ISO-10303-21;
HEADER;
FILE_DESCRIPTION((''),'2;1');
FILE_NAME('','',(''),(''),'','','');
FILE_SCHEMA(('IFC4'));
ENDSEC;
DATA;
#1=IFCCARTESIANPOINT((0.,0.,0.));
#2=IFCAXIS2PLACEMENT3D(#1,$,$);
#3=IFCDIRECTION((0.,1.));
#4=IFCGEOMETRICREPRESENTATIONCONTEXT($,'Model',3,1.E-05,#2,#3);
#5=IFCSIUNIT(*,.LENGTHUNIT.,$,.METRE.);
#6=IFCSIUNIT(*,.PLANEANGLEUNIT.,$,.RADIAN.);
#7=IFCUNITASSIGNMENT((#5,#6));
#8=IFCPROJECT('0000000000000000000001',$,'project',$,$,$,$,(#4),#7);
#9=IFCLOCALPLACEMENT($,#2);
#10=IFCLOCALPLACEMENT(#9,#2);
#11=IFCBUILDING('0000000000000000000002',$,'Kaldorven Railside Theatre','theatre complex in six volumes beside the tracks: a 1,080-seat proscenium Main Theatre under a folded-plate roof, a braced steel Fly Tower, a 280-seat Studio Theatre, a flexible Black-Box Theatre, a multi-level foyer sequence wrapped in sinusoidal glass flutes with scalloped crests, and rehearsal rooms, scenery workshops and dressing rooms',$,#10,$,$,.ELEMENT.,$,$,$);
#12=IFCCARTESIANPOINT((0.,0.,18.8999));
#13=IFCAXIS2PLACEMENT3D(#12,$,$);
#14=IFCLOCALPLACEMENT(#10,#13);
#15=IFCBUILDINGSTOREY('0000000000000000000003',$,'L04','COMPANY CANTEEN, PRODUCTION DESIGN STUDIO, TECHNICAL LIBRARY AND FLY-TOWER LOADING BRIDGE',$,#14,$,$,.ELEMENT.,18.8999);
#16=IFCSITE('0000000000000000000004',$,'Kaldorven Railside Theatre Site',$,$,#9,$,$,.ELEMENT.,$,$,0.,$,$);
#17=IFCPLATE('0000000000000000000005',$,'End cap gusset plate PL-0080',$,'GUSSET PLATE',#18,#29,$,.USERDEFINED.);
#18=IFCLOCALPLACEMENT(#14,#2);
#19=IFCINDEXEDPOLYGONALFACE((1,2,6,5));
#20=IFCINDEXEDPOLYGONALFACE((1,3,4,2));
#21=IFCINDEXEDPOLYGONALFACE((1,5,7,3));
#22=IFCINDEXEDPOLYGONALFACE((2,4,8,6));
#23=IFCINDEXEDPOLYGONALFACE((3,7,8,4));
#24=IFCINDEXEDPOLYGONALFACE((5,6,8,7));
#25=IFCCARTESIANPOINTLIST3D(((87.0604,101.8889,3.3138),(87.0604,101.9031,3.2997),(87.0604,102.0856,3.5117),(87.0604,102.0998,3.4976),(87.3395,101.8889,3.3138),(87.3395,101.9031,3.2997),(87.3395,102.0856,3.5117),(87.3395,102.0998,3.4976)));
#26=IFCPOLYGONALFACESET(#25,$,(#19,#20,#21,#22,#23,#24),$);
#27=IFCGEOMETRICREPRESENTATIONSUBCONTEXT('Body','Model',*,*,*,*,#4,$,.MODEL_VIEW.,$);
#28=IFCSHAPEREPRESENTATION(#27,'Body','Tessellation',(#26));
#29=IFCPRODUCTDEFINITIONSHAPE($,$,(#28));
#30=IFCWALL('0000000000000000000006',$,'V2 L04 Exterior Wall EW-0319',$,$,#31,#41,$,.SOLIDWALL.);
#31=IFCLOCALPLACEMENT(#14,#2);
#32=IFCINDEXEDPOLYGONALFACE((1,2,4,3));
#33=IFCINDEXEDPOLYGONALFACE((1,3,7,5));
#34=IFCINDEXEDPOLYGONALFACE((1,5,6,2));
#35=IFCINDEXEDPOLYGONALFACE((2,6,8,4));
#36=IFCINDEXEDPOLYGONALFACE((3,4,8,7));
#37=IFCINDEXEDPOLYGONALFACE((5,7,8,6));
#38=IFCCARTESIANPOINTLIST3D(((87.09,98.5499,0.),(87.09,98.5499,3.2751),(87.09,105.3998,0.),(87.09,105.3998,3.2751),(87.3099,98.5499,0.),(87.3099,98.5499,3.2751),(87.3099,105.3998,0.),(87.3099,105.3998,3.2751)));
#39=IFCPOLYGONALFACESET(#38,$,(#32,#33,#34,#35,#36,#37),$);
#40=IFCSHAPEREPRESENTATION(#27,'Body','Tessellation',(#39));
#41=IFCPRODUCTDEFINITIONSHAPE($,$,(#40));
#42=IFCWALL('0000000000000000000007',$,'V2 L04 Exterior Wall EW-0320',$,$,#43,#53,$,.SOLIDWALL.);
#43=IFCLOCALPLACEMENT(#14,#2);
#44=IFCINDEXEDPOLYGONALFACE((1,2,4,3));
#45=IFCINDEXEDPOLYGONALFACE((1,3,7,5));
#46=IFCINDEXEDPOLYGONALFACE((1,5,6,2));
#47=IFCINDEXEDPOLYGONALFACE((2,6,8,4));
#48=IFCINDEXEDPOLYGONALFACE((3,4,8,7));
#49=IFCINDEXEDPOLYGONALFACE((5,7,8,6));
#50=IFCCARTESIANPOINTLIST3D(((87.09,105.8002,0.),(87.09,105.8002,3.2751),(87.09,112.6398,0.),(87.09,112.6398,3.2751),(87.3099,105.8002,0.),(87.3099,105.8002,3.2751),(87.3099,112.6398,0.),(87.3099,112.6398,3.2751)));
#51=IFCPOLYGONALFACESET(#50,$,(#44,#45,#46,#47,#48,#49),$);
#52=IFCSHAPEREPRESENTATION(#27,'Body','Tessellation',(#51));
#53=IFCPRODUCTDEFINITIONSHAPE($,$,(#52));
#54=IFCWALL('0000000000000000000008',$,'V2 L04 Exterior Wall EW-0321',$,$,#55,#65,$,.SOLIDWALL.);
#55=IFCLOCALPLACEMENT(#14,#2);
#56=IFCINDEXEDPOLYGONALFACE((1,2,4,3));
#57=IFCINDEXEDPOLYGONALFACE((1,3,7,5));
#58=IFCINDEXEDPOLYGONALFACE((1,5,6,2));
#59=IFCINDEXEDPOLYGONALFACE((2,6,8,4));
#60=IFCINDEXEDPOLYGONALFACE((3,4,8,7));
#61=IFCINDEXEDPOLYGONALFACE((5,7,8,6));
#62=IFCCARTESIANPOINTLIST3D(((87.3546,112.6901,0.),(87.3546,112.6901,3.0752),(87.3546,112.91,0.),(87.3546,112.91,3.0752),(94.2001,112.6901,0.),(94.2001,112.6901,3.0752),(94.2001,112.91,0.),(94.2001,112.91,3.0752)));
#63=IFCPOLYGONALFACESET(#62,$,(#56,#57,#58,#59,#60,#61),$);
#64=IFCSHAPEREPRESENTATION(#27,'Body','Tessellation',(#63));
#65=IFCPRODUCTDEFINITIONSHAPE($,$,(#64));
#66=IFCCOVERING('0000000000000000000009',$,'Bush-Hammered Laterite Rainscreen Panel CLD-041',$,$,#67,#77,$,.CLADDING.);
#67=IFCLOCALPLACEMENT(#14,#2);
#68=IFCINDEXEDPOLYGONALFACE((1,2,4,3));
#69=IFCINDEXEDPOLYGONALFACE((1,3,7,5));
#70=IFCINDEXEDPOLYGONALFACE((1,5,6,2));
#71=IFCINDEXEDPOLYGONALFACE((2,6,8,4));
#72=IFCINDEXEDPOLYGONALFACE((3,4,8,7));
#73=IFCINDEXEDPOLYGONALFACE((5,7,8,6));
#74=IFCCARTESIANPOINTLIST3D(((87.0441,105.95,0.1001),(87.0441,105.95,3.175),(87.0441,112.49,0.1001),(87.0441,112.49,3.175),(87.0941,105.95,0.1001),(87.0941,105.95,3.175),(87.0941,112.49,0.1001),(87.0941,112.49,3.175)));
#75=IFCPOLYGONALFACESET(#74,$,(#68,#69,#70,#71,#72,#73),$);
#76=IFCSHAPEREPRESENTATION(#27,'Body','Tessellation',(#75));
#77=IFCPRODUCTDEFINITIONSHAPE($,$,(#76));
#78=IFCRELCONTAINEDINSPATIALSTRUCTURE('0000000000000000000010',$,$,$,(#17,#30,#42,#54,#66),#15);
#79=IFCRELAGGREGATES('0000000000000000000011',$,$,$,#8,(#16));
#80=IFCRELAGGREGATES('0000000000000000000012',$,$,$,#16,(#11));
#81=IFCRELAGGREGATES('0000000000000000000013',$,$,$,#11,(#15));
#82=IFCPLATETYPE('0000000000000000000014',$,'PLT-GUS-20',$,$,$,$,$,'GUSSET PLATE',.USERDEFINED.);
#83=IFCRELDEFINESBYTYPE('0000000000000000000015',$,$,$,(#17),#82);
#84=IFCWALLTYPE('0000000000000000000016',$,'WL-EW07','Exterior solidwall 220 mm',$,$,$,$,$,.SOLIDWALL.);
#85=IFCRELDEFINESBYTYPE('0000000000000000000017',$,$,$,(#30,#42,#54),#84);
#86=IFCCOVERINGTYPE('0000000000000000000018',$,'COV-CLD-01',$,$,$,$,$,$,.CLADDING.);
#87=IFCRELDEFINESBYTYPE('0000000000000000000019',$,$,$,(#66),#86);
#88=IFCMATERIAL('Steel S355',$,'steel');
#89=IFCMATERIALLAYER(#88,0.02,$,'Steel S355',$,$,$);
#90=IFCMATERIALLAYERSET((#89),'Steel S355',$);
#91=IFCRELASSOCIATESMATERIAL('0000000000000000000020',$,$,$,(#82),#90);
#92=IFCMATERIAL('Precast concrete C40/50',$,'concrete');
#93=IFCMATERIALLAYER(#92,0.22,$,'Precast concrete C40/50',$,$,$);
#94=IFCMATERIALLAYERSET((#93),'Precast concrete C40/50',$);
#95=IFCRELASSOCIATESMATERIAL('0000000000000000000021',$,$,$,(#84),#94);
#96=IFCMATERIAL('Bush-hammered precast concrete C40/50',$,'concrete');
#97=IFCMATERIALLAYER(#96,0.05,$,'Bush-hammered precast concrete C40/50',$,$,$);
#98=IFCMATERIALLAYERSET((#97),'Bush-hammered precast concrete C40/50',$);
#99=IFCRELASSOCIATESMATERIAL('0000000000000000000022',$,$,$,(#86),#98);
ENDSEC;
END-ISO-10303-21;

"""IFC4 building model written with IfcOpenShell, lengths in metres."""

from ifc_helpers import new_model, si_unit, direction, frame, frame_2d, origin, origin_2d, place, context, subcontext, project, spatial, rectangle, extrude, material, layer, layer_set, type_object, element, save


model = new_model("IFC4")

# Units and contexts
model_context = context("Model", 3, precision=1e-05, world=origin(), true_north=direction((0.0, 1.0)))
body_context = subcontext(model_context, "Body", "Model", "MODEL_VIEW")
ifc_project = project(units=[si_unit("LENGTHUNIT", "METRE"), si_unit("PLANEANGLEUNIT", "RADIAN")], contexts=[model_context])

# Site, building, storey
site_placement = place(None, origin())
site = spatial("IfcSite", under=ifc_project, at=site_placement, Name="Kaldorven Railside Theatre Site", CompositionType="ELEMENT", RefElevation=0.0)
building_placement = place(site_placement, origin())
building = spatial("IfcBuilding", under=site, at=building_placement, Name="Kaldorven Railside Theatre", Description="theatre complex in six volumes beside the tracks: a 1,080-seat proscenium Main Theatre under a folded-plate roof, a braced steel Fly Tower, a 280-seat Studio Theatre, a flexible Black-Box Theatre, a multi-level foyer sequence wrapped in sinusoidal glass flutes with scalloped crests, and rehearsal rooms, scenery workshops and dressing rooms", CompositionType="ELEMENT")
storey_placement = place(building_placement, frame((0.0, 0.0, 18.8999)))
storey = spatial("IfcBuildingStorey", under=building, at=storey_placement, Name="L04", Description="COMPANY CANTEEN, PRODUCTION DESIGN STUDIO, TECHNICAL LIBRARY AND FLY-TOWER LOADING BRIDGE", CompositionType="ELEMENT", Elevation=18.8999)

# Shared definitions
ifc_material_1 = material(Name="Steel S355", Category="steel")

# Plate
ifc_layer_1 = layer(ifc_material_1, 0.02, Name="Steel S355")
ifc_layer_set_1 = layer_set([ifc_layer_1], Name="Steel S355")
plate_type = type_object("IfcPlateType", Name="PLT-GUS-20", ElementType="GUSSET PLATE", PredefinedType="USERDEFINED", material=ifc_layer_set_1)
for number, where, z_axis, x_axis, name in (
    (1, (87.2, 102.0015, 3.3987), (0.0, -0.709202, 0.705006), (1.0, 0.0, 0.0), "End cap gusset plate PL-0080"),
):
    element("IfcPlate", number, at=place(storey_placement, frame(where, z_axis=z_axis, x_axis=x_axis)), inside=storey, type_object=plate_type, Name=name, ObjectType="GUSSET PLATE", PredefinedType="USERDEFINED", context=body_context, shape_type="SweptSolid", body=[
        extrude(rectangle(XDim=0.2791, YDim=0.2791, at=origin_2d()), origin(), (0.0, 0.0, 1.0), 0.02),
    ])

# Walls
ifc_material_2 = material(Name="Precast concrete C40/50", Category="concrete")
ifc_layer_2 = layer(ifc_material_2, 0.22, Name="Precast concrete C40/50")
ifc_layer_set_2 = layer_set([ifc_layer_2], Name="Precast concrete C40/50")
wall_type = type_object("IfcWallType", Name="WL-EW07", Description="Exterior solidwall 220 mm", PredefinedType="SOLIDWALL", material=ifc_layer_set_2)
wall_1_placement = place(storey_placement, frame((87.2, 98.55, 0.0), z_axis=(0.0, 0.0, 1.0), x_axis=(0.0, 1.0, 0.0)))
element("IfcWall", 2, at=wall_1_placement, inside=storey, type_object=wall_type, Name="V2 L04 Exterior Wall EW-0319", PredefinedType="SOLIDWALL", context=body_context, shape_type="SweptSolid", body=[
    extrude(rectangle(XDim=6.8499, YDim=0.22, at=frame_2d((3.4248, 0.0))), origin(), (0.0, 0.0, 1.0), 3.2751),
])
wall_2_placement = place(storey_placement, frame((87.2, 105.8, 0.0), z_axis=(0.0, 0.0, 1.0), x_axis=(0.0, 1.0, 0.0)))
element("IfcWall", 3, at=wall_2_placement, inside=storey, type_object=wall_type, Name="V2 L04 Exterior Wall EW-0320", PredefinedType="SOLIDWALL", context=body_context, shape_type="SweptSolid", body=[
    extrude(rectangle(XDim=6.8396, YDim=0.22, at=frame_2d((3.4199, 0.0))), origin(), (0.0, 0.0, 1.0), 3.2751),
])
wall_3_placement = place(storey_placement, frame((87.3545, 112.8, 0.0), z_axis=(0.0, 0.0, 1.0), x_axis=(1.0, 0.0, 0.0)))
element("IfcWall", 4, at=wall_3_placement, inside=storey, type_object=wall_type, Name="V2 L04 Exterior Wall EW-0321", PredefinedType="SOLIDWALL", context=body_context, shape_type="SweptSolid", body=[
    extrude(rectangle(XDim=6.8455, YDim=0.22, at=frame_2d((3.4229, 0.0))), origin(), (0.0, 0.0, 1.0), 3.0752),
])

# Covering
ifc_material_3 = material(Name="Bush-hammered precast concrete C40/50", Category="concrete")
ifc_layer_3 = layer(ifc_material_3, 0.05, Name="Bush-hammered precast concrete C40/50")
ifc_layer_set_3 = layer_set([ifc_layer_3], Name="Bush-hammered precast concrete C40/50")
covering_type = type_object("IfcCoveringType", Name="COV-CLD-01", PredefinedType="CLADDING", material=ifc_layer_set_3)
covering_placement = place(storey_placement, frame((87.0691, 109.22, 0.1001), z_axis=(0.0, 0.0, 1.0), x_axis=(0.0, 1.0, 0.0)))
element("IfcCovering", 5, at=covering_placement, inside=storey, type_object=covering_type, Name="Bush-Hammered Laterite Rainscreen Panel CLD-041", PredefinedType="CLADDING", context=body_context, shape_type="SweptSolid", body=[
    extrude(rectangle(XDim=6.54, YDim=0.05, at=origin_2d()), origin(), (0.0, 0.0, 1.0), 3.075),
])

save(model, "model.ifc")
